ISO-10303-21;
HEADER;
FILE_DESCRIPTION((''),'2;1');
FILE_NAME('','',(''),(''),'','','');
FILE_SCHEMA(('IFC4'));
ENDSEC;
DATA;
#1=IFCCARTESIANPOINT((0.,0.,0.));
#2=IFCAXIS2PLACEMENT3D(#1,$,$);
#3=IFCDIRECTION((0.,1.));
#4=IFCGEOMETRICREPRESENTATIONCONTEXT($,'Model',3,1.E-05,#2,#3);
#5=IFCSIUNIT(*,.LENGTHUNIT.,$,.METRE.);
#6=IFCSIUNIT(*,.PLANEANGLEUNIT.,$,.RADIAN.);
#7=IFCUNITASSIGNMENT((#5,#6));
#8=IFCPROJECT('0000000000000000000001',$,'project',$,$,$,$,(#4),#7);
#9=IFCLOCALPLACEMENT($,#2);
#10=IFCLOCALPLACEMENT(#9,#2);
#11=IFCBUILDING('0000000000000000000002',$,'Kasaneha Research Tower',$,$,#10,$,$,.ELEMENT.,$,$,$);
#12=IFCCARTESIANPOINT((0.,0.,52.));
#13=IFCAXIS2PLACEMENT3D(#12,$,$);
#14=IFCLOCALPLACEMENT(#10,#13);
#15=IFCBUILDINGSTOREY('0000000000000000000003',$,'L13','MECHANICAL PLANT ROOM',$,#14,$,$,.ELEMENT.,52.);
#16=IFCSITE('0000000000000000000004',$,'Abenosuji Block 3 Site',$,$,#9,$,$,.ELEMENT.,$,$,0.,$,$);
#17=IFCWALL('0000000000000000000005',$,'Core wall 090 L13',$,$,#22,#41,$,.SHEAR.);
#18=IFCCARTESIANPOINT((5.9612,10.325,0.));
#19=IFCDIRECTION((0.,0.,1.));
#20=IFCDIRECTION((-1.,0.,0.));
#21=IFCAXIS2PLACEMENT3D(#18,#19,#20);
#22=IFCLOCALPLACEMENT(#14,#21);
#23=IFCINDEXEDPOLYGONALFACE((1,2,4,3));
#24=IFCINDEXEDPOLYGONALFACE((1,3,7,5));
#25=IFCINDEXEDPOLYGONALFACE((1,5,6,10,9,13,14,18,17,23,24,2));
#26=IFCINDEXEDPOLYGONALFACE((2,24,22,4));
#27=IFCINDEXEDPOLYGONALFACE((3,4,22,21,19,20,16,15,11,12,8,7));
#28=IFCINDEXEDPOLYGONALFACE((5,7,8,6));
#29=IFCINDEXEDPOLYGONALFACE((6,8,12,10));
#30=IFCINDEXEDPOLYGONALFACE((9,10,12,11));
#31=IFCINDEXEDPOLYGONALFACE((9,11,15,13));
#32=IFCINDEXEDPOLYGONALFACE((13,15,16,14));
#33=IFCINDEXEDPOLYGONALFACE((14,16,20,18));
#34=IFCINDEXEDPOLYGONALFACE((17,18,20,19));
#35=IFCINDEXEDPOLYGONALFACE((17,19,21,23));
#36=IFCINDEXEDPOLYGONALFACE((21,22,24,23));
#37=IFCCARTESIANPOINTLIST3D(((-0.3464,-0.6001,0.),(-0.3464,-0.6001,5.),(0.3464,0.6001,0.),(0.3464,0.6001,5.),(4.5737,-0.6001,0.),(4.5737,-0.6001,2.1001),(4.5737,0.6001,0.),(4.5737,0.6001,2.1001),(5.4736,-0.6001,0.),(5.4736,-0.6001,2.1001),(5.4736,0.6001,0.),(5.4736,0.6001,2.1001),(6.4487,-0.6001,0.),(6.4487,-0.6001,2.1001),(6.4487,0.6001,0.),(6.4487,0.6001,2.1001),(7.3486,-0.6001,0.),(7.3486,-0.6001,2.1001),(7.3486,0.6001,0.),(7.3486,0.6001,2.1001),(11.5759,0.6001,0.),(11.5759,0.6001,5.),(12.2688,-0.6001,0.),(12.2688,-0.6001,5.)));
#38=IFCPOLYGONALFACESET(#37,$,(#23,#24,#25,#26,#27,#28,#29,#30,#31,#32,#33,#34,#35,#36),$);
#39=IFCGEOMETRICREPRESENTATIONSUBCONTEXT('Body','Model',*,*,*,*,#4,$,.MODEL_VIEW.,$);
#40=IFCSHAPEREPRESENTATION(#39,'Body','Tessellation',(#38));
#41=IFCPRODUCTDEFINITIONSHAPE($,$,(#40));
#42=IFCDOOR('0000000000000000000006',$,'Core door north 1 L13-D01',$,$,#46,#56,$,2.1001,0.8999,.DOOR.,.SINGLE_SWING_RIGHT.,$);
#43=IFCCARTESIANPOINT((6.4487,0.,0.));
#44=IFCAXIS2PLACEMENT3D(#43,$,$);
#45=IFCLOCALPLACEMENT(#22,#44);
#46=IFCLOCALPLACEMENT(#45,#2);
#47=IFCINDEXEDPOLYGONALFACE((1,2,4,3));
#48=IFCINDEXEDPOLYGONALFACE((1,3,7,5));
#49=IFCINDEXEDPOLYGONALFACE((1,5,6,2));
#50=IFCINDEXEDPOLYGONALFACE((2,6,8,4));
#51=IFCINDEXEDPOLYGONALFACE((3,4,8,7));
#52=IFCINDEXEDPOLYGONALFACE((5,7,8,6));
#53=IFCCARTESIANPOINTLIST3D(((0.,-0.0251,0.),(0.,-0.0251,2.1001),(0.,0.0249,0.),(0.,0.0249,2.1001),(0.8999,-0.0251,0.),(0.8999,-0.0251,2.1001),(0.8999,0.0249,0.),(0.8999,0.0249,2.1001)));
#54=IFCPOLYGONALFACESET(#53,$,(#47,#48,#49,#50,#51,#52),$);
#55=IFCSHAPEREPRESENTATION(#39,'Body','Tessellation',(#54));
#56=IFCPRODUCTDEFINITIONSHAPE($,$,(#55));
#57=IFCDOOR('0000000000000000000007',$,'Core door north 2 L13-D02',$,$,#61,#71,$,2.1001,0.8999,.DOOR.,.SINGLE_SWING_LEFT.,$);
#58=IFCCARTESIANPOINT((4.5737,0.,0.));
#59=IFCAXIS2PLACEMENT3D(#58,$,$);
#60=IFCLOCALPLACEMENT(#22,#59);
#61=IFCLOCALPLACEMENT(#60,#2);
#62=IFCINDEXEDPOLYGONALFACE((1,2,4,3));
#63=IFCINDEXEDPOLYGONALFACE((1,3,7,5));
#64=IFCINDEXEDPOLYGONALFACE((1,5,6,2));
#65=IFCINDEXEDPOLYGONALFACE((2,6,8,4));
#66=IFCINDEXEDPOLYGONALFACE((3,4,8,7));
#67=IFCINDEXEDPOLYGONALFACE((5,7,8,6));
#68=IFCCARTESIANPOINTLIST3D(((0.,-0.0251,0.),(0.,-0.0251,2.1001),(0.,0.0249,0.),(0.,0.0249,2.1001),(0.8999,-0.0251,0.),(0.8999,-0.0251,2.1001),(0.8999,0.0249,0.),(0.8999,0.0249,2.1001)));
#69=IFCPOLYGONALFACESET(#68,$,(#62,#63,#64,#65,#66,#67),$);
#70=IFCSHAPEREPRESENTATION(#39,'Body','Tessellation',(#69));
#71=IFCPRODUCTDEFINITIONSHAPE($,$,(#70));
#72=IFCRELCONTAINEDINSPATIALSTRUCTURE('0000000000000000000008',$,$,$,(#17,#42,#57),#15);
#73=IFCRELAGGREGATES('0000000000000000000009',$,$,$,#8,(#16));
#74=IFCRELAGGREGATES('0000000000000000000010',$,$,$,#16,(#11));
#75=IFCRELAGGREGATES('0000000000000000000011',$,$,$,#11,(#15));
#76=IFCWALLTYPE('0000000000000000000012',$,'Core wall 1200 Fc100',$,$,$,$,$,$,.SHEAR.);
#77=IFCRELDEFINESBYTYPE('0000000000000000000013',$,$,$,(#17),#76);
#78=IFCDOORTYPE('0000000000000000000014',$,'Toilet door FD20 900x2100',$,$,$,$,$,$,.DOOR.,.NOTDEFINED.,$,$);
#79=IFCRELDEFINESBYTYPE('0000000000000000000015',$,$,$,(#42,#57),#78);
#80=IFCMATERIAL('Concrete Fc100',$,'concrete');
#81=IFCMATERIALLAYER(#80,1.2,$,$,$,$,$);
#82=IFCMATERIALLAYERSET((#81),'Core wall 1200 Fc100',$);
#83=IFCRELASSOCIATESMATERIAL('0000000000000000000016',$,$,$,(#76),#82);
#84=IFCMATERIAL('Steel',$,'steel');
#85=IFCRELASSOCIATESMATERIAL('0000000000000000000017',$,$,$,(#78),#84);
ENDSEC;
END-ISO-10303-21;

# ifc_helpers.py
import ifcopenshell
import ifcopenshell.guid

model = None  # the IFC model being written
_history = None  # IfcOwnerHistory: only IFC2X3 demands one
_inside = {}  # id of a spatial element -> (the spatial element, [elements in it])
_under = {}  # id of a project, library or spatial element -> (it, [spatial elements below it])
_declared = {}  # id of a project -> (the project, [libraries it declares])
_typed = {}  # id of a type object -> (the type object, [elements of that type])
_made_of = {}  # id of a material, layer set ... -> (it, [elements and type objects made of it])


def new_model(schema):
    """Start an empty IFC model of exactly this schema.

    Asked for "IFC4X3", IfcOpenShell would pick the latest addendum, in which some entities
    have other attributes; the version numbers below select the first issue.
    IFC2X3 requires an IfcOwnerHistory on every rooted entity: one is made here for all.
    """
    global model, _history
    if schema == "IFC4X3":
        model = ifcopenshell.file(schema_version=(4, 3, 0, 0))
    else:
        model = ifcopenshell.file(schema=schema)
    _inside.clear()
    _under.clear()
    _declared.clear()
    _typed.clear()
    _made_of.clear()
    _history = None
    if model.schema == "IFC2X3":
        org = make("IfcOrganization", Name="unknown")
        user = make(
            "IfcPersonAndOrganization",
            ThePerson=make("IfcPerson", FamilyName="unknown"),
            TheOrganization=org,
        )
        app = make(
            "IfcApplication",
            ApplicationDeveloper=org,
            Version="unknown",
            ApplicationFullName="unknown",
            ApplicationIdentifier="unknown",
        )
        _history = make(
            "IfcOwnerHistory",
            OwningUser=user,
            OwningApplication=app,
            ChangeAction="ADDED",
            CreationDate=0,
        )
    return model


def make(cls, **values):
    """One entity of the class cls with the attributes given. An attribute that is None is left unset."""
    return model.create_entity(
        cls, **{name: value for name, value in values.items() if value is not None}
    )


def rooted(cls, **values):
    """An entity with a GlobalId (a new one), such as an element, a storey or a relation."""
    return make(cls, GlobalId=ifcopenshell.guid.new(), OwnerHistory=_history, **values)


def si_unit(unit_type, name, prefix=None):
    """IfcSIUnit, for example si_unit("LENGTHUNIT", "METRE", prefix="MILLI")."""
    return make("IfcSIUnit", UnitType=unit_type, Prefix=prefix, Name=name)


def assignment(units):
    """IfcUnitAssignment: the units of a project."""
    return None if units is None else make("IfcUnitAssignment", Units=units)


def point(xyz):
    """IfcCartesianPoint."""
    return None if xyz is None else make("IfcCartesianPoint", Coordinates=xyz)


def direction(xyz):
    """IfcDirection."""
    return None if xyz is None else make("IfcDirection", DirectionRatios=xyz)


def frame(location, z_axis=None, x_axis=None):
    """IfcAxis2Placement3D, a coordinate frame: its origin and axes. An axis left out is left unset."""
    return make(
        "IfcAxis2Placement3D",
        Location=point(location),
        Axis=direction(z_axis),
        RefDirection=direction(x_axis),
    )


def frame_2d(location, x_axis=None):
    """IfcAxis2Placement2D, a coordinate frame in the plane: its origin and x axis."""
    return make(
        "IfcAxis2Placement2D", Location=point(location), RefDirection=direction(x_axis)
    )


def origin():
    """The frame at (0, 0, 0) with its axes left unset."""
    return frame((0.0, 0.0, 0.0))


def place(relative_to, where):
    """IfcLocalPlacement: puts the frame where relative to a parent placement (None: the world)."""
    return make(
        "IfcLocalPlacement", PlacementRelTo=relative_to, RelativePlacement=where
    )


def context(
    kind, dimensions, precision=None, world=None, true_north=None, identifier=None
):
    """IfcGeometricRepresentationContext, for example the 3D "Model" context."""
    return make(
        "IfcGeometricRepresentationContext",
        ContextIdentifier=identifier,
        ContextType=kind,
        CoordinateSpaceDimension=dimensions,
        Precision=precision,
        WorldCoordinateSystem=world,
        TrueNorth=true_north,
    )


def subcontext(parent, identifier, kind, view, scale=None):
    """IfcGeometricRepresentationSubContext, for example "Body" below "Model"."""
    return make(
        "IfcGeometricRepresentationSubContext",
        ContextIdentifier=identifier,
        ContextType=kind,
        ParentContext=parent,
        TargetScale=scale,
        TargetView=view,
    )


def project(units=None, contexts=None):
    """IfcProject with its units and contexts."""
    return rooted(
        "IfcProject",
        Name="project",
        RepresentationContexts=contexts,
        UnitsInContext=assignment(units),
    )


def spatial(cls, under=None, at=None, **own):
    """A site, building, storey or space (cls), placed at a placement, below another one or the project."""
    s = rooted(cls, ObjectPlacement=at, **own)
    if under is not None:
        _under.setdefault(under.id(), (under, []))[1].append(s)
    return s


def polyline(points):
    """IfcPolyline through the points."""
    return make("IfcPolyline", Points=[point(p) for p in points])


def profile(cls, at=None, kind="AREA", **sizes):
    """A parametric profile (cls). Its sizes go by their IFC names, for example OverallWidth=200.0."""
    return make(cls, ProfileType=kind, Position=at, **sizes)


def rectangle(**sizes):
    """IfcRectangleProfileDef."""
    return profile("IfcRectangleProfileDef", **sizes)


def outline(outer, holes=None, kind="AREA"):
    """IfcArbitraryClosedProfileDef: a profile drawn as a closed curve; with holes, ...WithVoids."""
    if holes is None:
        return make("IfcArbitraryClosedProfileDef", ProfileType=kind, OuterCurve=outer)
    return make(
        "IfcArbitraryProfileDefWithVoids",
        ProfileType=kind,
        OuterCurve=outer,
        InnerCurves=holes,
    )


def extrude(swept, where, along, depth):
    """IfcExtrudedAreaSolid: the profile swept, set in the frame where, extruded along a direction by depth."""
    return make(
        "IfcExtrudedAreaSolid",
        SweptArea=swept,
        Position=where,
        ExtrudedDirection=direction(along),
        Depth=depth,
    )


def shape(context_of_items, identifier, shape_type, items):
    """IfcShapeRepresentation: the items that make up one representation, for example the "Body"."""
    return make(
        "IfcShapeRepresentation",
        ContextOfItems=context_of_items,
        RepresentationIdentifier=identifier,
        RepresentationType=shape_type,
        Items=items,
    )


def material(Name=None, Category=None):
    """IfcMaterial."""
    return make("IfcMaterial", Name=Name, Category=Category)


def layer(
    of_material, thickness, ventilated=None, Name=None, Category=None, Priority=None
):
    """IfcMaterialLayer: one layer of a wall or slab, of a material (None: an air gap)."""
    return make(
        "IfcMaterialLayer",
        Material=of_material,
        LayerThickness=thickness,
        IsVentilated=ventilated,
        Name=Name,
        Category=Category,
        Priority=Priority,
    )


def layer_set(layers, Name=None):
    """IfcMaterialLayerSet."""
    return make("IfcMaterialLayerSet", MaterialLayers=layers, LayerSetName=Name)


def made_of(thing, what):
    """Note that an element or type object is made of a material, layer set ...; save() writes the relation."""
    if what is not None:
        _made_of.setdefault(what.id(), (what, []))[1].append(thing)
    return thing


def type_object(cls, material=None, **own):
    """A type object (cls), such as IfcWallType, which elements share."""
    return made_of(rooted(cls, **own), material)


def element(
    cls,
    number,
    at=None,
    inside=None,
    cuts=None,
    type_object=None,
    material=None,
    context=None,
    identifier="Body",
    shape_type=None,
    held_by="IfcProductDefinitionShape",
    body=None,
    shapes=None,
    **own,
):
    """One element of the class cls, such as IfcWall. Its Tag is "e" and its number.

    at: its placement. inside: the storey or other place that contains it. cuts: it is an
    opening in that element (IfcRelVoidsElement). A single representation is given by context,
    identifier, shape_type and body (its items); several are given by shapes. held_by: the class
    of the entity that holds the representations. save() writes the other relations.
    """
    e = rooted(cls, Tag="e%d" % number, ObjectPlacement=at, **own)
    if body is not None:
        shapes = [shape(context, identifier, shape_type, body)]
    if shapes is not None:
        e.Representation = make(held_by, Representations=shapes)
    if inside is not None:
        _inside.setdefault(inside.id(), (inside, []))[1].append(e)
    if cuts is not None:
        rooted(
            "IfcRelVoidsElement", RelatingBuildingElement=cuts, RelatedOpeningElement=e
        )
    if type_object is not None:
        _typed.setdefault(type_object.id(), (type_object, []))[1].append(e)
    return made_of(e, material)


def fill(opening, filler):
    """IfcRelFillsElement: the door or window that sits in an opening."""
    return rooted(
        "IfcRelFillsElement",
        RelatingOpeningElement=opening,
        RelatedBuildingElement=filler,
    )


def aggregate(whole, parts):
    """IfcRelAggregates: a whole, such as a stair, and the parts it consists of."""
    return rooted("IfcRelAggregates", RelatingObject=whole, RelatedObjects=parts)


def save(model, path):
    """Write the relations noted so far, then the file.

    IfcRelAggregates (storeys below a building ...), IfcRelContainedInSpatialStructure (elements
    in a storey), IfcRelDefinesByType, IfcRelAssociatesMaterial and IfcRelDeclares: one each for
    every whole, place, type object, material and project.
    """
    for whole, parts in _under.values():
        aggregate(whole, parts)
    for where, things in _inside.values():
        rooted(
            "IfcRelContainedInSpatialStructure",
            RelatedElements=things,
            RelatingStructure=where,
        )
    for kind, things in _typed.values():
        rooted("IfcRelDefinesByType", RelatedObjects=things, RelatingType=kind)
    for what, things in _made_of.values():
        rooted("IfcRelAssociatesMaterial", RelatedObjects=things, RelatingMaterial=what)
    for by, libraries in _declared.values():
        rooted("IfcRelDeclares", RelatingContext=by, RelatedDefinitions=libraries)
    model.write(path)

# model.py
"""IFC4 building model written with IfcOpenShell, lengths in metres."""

from ifc_helpers import new_model, si_unit, direction, frame, frame_2d, origin, place, context, subcontext, project, spatial, polyline, rectangle, outline, extrude, material, layer, layer_set, type_object, element, fill, save


model = new_model("IFC4")

# Units and contexts
model_context = context("Model", 3, precision=1e-05, world=origin(), true_north=direction((0.0, 1.0)))
body_context = subcontext(model_context, "Body", "Model", "MODEL_VIEW")
ifc_project = project(units=[si_unit("LENGTHUNIT", "METRE"), si_unit("PLANEANGLEUNIT", "RADIAN")], contexts=[model_context])

# Site, building, storey
site_placement = place(None, origin())
site = spatial("IfcSite", under=ifc_project, at=site_placement, Name="Abenosuji Block 3 Site", CompositionType="ELEMENT", RefElevation=0.0)
building_placement = place(site_placement, origin())
building = spatial("IfcBuilding", under=site, at=building_placement, Name="Kasaneha Research Tower", CompositionType="ELEMENT")
storey_placement = place(building_placement, frame((0.0, 0.0, 52.0)))
storey = spatial("IfcBuildingStorey", under=building, at=storey_placement, Name="L13", Description="MECHANICAL PLANT ROOM", CompositionType="ELEMENT", Elevation=52.0)

# Wall, openings, doors
ifc_material_1 = material(Name="Concrete Fc100", Category="concrete")
ifc_layer_1 = layer(ifc_material_1, 1.2)
ifc_layer_set_1 = layer_set([ifc_layer_1], Name="Core wall 1200 Fc100")
wall_type_1 = type_object("IfcWallType", Name="Core wall 1200 Fc100", PredefinedType="SHEAR", material=ifc_layer_set_1)
wall_1_placement = place(storey_placement, frame((5.9612, 10.325, 0.0), z_axis=(0.0, 0.0, 1.0), x_axis=(-1.0, 0.0, 0.0)))
wall_1 = element("IfcWall", 1, at=wall_1_placement, inside=storey, type_object=wall_type_1, Name="Core wall 090 L13", PredefinedType="SHEAR", context=body_context, shape_type="SweptSolid", body=[
    extrude(outline(polyline([(-0.3464, -0.6001), (4.5737, -0.6001), (5.4736, -0.6001), (6.4487, -0.6001), (7.3486, -0.6001), (12.2688, -0.6001), (11.5759, 0.6001), (7.3486, 0.6001), (6.4487, 0.6001), (5.4736, 0.6001), (4.5737, 0.6001), (0.3464, 0.6001), (-0.3464, -0.6001)])), origin(), (0.0, 0.0, 1.0), 5.0),
])
opening_1_placement = place(wall_1_placement, frame((6.4487, 0.0, 0.0)))
opening_1 = element("IfcOpeningElement", 2, at=opening_1_placement, cuts=wall_1, PredefinedType="OPENING", context=body_context, shape_type="SweptSolid", body=[
    extrude(rectangle(XDim=0.8999, YDim=2.1001, at=frame_2d((0.45, 1.05))), frame((0.0, 0.6099, 0.0), z_axis=(0.0, -1.0, 0.0), x_axis=(1.0, 0.0, 0.0)), (0.0, 0.0, 1.0), 1.22),
])
opening_2_placement = place(wall_1_placement, frame((4.5737, 0.0, 0.0)))
opening_2 = element("IfcOpeningElement", 3, at=opening_2_placement, cuts=wall_1, PredefinedType="OPENING", context=body_context, shape_type="SweptSolid", body=[
    extrude(rectangle(XDim=0.8999, YDim=2.1001, at=frame_2d((0.45, 1.05))), frame((0.0, 0.6099, 0.0), z_axis=(0.0, -1.0, 0.0), x_axis=(1.0, 0.0, 0.0)), (0.0, 0.0, 1.0), 1.22),
])
ifc_material_2 = material(Name="Steel", Category="steel")
door_type = type_object("IfcDoorType", Name="Toilet door FD20 900x2100", OperationType="NOTDEFINED", PredefinedType="DOOR", material=ifc_material_2)
door_1_placement = place(opening_1_placement, origin())
door_1 = element("IfcDoor", 4, at=door_1_placement, inside=storey, type_object=door_type, Name="Core door north 1 L13-D01", OperationType="SINGLE_SWING_RIGHT", OverallHeight=2.1001, OverallWidth=0.8999, PredefinedType="DOOR", context=body_context, shape_type="SweptSolid", body=[
    extrude(rectangle(XDim=0.8999, YDim=2.1001, at=frame_2d((0.45, 1.05))), frame((0.0, 0.0249, 0.0), z_axis=(0.0, -1.0, 0.0), x_axis=(1.0, 0.0, 0.0)), (0.0, 0.0, 1.0), 0.05),
])
fill(opening_1, door_1)
door_2_placement = place(opening_2_placement, origin())
door_2 = element("IfcDoor", 5, at=door_2_placement, inside=storey, type_object=door_type, Name="Core door north 2 L13-D02", OperationType="SINGLE_SWING_LEFT", OverallHeight=2.1001, OverallWidth=0.8999, PredefinedType="DOOR", context=body_context, shape_type="SweptSolid", body=[
    extrude(rectangle(XDim=0.8999, YDim=2.1001, at=frame_2d((0.45, 1.05))), frame((0.0, 0.0249, 0.0), z_axis=(0.0, -1.0, 0.0), x_axis=(1.0, 0.0, 0.0)), (0.0, 0.0, 1.0), 0.05),
])
fill(opening_2, door_2)

save(model, "model.ifc")
